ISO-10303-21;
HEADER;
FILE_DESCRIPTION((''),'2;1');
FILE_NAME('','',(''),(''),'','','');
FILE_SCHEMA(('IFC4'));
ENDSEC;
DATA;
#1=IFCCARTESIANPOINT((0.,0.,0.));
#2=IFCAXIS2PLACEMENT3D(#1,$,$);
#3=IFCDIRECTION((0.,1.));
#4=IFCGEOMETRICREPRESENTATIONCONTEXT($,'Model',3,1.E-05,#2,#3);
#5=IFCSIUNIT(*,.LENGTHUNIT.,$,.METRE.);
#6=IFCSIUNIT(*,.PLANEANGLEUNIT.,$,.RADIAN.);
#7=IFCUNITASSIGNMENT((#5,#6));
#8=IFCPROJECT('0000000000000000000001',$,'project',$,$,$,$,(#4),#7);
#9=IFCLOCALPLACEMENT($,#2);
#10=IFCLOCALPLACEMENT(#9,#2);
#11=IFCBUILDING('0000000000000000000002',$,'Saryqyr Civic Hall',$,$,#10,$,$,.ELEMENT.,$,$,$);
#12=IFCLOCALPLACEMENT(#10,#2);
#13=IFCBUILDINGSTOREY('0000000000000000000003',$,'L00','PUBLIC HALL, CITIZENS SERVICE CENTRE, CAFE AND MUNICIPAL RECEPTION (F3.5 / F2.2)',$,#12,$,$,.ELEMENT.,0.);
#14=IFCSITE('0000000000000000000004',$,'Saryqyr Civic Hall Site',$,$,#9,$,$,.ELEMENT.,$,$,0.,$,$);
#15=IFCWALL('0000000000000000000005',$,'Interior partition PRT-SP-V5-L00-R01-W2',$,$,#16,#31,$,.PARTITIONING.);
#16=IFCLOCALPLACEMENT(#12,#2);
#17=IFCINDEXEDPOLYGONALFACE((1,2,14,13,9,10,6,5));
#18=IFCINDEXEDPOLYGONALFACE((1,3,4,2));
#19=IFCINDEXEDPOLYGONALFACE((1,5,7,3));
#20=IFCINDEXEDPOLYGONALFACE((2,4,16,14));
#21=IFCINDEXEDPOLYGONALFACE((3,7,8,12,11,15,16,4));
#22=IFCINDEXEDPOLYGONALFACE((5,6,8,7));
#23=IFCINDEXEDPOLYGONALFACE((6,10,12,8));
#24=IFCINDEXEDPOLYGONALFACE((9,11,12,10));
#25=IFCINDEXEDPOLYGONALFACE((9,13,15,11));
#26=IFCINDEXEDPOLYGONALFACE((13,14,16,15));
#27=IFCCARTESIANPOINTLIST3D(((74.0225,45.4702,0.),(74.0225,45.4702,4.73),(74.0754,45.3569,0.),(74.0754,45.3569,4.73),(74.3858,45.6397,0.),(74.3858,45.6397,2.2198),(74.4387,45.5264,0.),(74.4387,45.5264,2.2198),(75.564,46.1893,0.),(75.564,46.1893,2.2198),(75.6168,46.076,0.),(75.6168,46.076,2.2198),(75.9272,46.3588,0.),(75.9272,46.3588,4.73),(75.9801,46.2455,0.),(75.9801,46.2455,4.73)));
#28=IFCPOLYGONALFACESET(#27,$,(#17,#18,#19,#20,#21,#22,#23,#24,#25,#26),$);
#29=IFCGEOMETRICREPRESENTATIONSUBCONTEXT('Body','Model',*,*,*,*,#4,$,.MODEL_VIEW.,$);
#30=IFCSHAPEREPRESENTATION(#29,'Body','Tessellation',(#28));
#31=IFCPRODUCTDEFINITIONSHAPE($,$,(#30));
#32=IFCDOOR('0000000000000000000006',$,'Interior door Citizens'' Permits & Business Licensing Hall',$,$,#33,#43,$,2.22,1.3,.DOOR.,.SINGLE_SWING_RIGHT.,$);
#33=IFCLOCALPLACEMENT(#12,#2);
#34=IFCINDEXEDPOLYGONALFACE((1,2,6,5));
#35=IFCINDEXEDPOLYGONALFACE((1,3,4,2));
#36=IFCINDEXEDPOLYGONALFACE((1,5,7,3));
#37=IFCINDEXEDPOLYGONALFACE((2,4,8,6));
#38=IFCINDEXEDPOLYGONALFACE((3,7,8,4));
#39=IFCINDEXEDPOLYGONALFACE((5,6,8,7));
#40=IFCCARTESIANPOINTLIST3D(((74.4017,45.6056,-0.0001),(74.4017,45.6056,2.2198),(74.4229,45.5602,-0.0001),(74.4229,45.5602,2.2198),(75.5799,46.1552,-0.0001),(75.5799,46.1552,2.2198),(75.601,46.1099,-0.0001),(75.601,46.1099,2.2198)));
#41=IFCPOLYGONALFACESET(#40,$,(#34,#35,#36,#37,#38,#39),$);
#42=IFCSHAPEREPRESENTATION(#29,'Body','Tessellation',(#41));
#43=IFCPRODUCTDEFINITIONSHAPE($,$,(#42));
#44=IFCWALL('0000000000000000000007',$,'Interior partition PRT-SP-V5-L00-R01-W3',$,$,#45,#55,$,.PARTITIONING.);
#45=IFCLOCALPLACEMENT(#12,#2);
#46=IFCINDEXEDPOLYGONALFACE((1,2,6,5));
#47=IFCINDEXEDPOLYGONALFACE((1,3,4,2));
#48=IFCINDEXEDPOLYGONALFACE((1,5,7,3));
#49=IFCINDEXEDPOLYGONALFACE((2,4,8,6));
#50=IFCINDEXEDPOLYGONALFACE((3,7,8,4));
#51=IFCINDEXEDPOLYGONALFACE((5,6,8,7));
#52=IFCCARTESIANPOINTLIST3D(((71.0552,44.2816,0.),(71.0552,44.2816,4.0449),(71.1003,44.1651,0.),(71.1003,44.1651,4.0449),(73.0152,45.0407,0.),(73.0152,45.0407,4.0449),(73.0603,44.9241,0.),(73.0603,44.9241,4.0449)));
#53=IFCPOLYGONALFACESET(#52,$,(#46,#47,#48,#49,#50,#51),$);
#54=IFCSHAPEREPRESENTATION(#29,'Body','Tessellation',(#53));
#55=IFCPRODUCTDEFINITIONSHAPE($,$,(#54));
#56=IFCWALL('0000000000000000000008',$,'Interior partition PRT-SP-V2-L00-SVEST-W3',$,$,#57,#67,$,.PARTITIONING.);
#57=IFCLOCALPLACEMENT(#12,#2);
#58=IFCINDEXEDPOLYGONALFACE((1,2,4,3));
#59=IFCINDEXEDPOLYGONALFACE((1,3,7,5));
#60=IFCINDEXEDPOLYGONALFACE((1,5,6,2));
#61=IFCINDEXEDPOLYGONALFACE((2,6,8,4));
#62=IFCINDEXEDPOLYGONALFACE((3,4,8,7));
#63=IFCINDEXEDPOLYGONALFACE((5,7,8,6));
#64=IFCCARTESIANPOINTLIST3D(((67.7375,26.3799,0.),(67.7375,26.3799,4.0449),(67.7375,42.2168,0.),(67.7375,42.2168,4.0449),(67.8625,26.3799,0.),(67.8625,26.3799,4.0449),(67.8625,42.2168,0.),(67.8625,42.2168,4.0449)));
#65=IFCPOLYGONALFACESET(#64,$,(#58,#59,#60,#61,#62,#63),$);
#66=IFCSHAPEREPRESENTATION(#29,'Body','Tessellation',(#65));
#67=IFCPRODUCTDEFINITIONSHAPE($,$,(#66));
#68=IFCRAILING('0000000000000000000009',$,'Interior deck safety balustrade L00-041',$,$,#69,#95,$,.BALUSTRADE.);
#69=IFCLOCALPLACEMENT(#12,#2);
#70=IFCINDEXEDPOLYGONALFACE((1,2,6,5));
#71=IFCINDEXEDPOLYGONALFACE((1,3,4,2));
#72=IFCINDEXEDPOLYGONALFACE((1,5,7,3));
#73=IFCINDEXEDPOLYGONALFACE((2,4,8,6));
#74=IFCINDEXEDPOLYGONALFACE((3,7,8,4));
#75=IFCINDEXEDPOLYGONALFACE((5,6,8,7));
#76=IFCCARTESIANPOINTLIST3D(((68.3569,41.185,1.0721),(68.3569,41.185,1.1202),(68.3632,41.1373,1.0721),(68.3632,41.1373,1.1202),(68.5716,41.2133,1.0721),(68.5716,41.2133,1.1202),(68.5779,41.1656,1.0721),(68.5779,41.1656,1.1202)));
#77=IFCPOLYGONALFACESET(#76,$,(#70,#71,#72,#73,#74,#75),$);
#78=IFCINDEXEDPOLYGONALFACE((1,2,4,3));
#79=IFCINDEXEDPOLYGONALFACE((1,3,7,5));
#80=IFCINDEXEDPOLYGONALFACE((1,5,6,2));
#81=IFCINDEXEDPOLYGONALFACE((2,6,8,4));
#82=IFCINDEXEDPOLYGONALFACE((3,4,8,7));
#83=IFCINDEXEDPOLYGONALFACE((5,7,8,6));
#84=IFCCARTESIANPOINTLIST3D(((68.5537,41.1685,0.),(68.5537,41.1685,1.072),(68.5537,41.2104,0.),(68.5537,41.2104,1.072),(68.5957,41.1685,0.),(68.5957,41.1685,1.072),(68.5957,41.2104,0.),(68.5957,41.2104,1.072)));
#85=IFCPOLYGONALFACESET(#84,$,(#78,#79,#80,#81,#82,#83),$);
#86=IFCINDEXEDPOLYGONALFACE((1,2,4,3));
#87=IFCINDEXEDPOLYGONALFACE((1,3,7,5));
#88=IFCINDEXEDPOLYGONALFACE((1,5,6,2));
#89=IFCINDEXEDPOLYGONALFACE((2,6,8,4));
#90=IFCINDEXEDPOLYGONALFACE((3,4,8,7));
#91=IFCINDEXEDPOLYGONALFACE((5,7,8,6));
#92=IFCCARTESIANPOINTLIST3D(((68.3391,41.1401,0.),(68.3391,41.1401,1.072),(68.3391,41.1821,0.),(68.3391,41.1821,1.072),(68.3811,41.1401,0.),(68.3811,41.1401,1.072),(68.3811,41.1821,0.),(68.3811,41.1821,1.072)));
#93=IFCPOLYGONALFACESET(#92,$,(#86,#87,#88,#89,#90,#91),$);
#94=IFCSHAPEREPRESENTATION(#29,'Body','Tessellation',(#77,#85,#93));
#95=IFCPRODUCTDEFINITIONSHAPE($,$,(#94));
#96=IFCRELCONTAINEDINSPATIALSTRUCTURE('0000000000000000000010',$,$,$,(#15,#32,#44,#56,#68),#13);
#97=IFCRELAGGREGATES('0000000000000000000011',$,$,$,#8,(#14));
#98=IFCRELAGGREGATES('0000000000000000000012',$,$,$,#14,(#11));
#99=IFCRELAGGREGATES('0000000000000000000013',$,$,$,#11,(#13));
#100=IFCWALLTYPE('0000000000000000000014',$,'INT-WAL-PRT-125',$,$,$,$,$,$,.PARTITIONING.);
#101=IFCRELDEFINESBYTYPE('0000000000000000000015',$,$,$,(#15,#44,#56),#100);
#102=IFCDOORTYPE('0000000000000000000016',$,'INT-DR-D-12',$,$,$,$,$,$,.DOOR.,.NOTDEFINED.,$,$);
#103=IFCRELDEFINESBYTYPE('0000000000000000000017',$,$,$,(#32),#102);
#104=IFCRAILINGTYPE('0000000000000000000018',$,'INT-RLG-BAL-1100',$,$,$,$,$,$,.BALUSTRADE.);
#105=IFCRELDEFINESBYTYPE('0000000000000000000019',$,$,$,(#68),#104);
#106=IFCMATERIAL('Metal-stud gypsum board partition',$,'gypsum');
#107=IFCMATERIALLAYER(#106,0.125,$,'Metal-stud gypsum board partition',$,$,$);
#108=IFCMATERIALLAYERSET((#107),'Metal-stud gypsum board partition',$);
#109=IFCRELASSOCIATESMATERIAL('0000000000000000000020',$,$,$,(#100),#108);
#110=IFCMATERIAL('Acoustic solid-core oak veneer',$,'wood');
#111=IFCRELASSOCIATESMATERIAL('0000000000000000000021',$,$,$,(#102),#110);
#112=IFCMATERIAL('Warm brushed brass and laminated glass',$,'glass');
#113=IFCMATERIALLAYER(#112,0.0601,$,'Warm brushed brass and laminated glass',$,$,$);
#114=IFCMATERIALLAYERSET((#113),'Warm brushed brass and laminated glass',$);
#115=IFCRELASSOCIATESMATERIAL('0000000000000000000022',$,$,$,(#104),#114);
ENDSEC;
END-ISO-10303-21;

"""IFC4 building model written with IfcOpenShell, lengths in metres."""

from ifc_helpers import new_model, si_unit, direction, frame, frame_2d, origin, origin_2d, place, context, subcontext, project, spatial, rectangle, extrude, material, layer, layer_set, type_object, element, fill, save


model = new_model("IFC4")

# Units and contexts
model_context = context("Model", 3, precision=1e-05, world=origin(), true_north=direction((0.0, 1.0)))
body_context = subcontext(model_context, "Body", "Model", "MODEL_VIEW")
ifc_project = project(units=[si_unit("LENGTHUNIT", "METRE"), si_unit("PLANEANGLEUNIT", "RADIAN")], contexts=[model_context])

# Site, building, storey
site_placement = place(None, origin())
site = spatial("IfcSite", under=ifc_project, at=site_placement, Name="Saryqyr Civic Hall Site", CompositionType="ELEMENT", RefElevation=0.0)
building_placement = place(site_placement, origin())
building = spatial("IfcBuilding", under=site, at=building_placement, Name="Saryqyr Civic Hall", CompositionType="ELEMENT")
storey_placement = place(building_placement, origin())
storey = spatial("IfcBuildingStorey", under=building, at=storey_placement, Name="L00", Description="PUBLIC HALL, CITIZENS SERVICE CENTRE, CAFE AND MUNICIPAL RECEPTION (F3.5 / F2.2)", CompositionType="ELEMENT", Elevation=0.0)

# Wall, opening, door
ifc_material_1 = material(Name="Metal-stud gypsum board partition", Category="gypsum")
ifc_layer_1 = layer(ifc_material_1, 0.125, Name="Metal-stud gypsum board partition")
ifc_layer_set_1 = layer_set([ifc_layer_1], Name="Metal-stud gypsum board partition")
wall_type_1 = type_object("IfcWallType", Name="INT-WAL-PRT-125", PredefinedType="PARTITIONING", material=ifc_layer_set_1)
wall_1_placement = place(storey_placement, frame((74.0491, 45.4136, 0.0), z_axis=(0.0, 0.0, 1.0), x_axis=(0.906225, 0.422796, 0.0)))
wall_1 = element("IfcWall", 1, at=wall_1_placement, inside=storey, type_object=wall_type_1, Name="Interior partition PRT-SP-V5-L00-R01-W2", PredefinedType="PARTITIONING", context=body_context, shape_type="SweptSolid", body=[
    extrude(rectangle(XDim=2.1018, YDim=0.125, at=frame_2d((1.0508, 0.0))), origin(), (0.0, 0.0, 1.0), 4.73),
])
opening_placement = place(wall_1_placement, frame((0.4009, 0.0, 0.0)))
opening = element("IfcOpeningElement", 2, at=opening_placement, cuts=wall_1, PredefinedType="OPENING", context=body_context, shape_type="SweptSolid", body=[
    extrude(rectangle(XDim=1.3, YDim=2.22, at=frame_2d((0.6499, 1.1099))), frame((0.0, 0.0725, 0.0), z_axis=(0.0, -1.0, 0.0), x_axis=(1.0, 0.0, 0.0)), (0.0, 0.0, 1.0), 0.145),
])
ifc_material_2 = material(Name="Acoustic solid-core oak veneer", Category="wood")
door_type = type_object("IfcDoorType", Name="INT-DR-D-12", OperationType="NOTDEFINED", PredefinedType="DOOR", material=ifc_material_2)
door_placement = place(opening_placement, origin())
door = element("IfcDoor", 3, at=door_placement, inside=storey, type_object=door_type, Name="Interior door Citizens' Permits & Business Licensing Hall", OperationType="SINGLE_SWING_RIGHT", OverallHeight=2.22, OverallWidth=1.3, PredefinedType="DOOR", context=body_context, shape_type="SweptSolid", body=[
    extrude(rectangle(XDim=1.3, YDim=2.22, at=frame_2d((0.6499, 1.1099))), frame((0.0, 0.0249, 0.0), z_axis=(0.0, -1.0, 0.0), x_axis=(1.0, 0.0, 0.0)), (0.0, 0.0, 1.0), 0.05),
])
fill(opening, door)

# Walls
wall_2_placement = place(storey_placement, frame((71.0779, 44.2234, 0.0), z_axis=(0.0, 0.0, 1.0), x_axis=(0.932514, 0.361134, 0.0)))
element("IfcWall", 4, at=wall_2_placement, inside=storey, type_object=wall_type_1, Name="Interior partition PRT-SP-V5-L00-R01-W3", PredefinedType="PARTITIONING", context=body_context, shape_type="SweptSolid", body=[
    extrude(rectangle(XDim=2.1018, YDim=0.125, at=frame_2d((1.0508, 0.0))), origin(), (0.0, 0.0, 1.0), 4.0449),
])
wall_3_placement = place(storey_placement, frame((67.8, 42.2168, 0.0), z_axis=(0.0, 0.0, 1.0), x_axis=(0.0, -1.0, 0.0)))
element("IfcWall", 5, at=wall_3_placement, inside=storey, type_object=wall_type_1, Name="Interior partition PRT-SP-V2-L00-SVEST-W3", PredefinedType="PARTITIONING", context=body_context, shape_type="SweptSolid", body=[
    extrude(rectangle(XDim=15.8369, YDim=0.125, at=frame_2d((7.9185, 0.0))), origin(), (0.0, 0.0, 1.0), 4.0449),
])

# Railing
ifc_material_3 = material(Name="Warm brushed brass and laminated glass", Category="glass")
ifc_layer_2 = layer(ifc_material_3, 0.0601, Name="Warm brushed brass and laminated glass")
ifc_layer_set_2 = layer_set([ifc_layer_2], Name="Warm brushed brass and laminated glass")
railing_type = type_object("IfcRailingType", Name="INT-RLG-BAL-1100", PredefinedType="BALUSTRADE", material=ifc_layer_set_2)
railing_placement = place(storey_placement, frame((68.5747, 41.1895, 0.0)))
element("IfcRailing", 6, at=railing_placement, inside=storey, type_object=railing_type, Name="Interior deck safety balustrade L00-041", PredefinedType="BALUSTRADE", context=body_context, shape_type="SweptSolid", body=[
    extrude(rectangle(XDim=0.0481, YDim=0.0481, at=origin_2d()), frame((0.0, 0.0, 1.0962), z_axis=(-0.991404, -0.130834, 0.0), x_axis=(0.130834, -0.991404, 0.0)), (0.0, 0.0, 1.0), 0.2166),
    extrude(rectangle(XDim=0.042, YDim=0.042, at=origin_2d()), origin(), (0.0, 0.0, 1.0), 1.072),
    extrude(rectangle(XDim=0.042, YDim=0.042, at=origin_2d()), frame((-0.2146, -0.0283, 0.0)), (0.0, 0.0, 1.0), 1.072),
])

save(model, "model.ifc")
